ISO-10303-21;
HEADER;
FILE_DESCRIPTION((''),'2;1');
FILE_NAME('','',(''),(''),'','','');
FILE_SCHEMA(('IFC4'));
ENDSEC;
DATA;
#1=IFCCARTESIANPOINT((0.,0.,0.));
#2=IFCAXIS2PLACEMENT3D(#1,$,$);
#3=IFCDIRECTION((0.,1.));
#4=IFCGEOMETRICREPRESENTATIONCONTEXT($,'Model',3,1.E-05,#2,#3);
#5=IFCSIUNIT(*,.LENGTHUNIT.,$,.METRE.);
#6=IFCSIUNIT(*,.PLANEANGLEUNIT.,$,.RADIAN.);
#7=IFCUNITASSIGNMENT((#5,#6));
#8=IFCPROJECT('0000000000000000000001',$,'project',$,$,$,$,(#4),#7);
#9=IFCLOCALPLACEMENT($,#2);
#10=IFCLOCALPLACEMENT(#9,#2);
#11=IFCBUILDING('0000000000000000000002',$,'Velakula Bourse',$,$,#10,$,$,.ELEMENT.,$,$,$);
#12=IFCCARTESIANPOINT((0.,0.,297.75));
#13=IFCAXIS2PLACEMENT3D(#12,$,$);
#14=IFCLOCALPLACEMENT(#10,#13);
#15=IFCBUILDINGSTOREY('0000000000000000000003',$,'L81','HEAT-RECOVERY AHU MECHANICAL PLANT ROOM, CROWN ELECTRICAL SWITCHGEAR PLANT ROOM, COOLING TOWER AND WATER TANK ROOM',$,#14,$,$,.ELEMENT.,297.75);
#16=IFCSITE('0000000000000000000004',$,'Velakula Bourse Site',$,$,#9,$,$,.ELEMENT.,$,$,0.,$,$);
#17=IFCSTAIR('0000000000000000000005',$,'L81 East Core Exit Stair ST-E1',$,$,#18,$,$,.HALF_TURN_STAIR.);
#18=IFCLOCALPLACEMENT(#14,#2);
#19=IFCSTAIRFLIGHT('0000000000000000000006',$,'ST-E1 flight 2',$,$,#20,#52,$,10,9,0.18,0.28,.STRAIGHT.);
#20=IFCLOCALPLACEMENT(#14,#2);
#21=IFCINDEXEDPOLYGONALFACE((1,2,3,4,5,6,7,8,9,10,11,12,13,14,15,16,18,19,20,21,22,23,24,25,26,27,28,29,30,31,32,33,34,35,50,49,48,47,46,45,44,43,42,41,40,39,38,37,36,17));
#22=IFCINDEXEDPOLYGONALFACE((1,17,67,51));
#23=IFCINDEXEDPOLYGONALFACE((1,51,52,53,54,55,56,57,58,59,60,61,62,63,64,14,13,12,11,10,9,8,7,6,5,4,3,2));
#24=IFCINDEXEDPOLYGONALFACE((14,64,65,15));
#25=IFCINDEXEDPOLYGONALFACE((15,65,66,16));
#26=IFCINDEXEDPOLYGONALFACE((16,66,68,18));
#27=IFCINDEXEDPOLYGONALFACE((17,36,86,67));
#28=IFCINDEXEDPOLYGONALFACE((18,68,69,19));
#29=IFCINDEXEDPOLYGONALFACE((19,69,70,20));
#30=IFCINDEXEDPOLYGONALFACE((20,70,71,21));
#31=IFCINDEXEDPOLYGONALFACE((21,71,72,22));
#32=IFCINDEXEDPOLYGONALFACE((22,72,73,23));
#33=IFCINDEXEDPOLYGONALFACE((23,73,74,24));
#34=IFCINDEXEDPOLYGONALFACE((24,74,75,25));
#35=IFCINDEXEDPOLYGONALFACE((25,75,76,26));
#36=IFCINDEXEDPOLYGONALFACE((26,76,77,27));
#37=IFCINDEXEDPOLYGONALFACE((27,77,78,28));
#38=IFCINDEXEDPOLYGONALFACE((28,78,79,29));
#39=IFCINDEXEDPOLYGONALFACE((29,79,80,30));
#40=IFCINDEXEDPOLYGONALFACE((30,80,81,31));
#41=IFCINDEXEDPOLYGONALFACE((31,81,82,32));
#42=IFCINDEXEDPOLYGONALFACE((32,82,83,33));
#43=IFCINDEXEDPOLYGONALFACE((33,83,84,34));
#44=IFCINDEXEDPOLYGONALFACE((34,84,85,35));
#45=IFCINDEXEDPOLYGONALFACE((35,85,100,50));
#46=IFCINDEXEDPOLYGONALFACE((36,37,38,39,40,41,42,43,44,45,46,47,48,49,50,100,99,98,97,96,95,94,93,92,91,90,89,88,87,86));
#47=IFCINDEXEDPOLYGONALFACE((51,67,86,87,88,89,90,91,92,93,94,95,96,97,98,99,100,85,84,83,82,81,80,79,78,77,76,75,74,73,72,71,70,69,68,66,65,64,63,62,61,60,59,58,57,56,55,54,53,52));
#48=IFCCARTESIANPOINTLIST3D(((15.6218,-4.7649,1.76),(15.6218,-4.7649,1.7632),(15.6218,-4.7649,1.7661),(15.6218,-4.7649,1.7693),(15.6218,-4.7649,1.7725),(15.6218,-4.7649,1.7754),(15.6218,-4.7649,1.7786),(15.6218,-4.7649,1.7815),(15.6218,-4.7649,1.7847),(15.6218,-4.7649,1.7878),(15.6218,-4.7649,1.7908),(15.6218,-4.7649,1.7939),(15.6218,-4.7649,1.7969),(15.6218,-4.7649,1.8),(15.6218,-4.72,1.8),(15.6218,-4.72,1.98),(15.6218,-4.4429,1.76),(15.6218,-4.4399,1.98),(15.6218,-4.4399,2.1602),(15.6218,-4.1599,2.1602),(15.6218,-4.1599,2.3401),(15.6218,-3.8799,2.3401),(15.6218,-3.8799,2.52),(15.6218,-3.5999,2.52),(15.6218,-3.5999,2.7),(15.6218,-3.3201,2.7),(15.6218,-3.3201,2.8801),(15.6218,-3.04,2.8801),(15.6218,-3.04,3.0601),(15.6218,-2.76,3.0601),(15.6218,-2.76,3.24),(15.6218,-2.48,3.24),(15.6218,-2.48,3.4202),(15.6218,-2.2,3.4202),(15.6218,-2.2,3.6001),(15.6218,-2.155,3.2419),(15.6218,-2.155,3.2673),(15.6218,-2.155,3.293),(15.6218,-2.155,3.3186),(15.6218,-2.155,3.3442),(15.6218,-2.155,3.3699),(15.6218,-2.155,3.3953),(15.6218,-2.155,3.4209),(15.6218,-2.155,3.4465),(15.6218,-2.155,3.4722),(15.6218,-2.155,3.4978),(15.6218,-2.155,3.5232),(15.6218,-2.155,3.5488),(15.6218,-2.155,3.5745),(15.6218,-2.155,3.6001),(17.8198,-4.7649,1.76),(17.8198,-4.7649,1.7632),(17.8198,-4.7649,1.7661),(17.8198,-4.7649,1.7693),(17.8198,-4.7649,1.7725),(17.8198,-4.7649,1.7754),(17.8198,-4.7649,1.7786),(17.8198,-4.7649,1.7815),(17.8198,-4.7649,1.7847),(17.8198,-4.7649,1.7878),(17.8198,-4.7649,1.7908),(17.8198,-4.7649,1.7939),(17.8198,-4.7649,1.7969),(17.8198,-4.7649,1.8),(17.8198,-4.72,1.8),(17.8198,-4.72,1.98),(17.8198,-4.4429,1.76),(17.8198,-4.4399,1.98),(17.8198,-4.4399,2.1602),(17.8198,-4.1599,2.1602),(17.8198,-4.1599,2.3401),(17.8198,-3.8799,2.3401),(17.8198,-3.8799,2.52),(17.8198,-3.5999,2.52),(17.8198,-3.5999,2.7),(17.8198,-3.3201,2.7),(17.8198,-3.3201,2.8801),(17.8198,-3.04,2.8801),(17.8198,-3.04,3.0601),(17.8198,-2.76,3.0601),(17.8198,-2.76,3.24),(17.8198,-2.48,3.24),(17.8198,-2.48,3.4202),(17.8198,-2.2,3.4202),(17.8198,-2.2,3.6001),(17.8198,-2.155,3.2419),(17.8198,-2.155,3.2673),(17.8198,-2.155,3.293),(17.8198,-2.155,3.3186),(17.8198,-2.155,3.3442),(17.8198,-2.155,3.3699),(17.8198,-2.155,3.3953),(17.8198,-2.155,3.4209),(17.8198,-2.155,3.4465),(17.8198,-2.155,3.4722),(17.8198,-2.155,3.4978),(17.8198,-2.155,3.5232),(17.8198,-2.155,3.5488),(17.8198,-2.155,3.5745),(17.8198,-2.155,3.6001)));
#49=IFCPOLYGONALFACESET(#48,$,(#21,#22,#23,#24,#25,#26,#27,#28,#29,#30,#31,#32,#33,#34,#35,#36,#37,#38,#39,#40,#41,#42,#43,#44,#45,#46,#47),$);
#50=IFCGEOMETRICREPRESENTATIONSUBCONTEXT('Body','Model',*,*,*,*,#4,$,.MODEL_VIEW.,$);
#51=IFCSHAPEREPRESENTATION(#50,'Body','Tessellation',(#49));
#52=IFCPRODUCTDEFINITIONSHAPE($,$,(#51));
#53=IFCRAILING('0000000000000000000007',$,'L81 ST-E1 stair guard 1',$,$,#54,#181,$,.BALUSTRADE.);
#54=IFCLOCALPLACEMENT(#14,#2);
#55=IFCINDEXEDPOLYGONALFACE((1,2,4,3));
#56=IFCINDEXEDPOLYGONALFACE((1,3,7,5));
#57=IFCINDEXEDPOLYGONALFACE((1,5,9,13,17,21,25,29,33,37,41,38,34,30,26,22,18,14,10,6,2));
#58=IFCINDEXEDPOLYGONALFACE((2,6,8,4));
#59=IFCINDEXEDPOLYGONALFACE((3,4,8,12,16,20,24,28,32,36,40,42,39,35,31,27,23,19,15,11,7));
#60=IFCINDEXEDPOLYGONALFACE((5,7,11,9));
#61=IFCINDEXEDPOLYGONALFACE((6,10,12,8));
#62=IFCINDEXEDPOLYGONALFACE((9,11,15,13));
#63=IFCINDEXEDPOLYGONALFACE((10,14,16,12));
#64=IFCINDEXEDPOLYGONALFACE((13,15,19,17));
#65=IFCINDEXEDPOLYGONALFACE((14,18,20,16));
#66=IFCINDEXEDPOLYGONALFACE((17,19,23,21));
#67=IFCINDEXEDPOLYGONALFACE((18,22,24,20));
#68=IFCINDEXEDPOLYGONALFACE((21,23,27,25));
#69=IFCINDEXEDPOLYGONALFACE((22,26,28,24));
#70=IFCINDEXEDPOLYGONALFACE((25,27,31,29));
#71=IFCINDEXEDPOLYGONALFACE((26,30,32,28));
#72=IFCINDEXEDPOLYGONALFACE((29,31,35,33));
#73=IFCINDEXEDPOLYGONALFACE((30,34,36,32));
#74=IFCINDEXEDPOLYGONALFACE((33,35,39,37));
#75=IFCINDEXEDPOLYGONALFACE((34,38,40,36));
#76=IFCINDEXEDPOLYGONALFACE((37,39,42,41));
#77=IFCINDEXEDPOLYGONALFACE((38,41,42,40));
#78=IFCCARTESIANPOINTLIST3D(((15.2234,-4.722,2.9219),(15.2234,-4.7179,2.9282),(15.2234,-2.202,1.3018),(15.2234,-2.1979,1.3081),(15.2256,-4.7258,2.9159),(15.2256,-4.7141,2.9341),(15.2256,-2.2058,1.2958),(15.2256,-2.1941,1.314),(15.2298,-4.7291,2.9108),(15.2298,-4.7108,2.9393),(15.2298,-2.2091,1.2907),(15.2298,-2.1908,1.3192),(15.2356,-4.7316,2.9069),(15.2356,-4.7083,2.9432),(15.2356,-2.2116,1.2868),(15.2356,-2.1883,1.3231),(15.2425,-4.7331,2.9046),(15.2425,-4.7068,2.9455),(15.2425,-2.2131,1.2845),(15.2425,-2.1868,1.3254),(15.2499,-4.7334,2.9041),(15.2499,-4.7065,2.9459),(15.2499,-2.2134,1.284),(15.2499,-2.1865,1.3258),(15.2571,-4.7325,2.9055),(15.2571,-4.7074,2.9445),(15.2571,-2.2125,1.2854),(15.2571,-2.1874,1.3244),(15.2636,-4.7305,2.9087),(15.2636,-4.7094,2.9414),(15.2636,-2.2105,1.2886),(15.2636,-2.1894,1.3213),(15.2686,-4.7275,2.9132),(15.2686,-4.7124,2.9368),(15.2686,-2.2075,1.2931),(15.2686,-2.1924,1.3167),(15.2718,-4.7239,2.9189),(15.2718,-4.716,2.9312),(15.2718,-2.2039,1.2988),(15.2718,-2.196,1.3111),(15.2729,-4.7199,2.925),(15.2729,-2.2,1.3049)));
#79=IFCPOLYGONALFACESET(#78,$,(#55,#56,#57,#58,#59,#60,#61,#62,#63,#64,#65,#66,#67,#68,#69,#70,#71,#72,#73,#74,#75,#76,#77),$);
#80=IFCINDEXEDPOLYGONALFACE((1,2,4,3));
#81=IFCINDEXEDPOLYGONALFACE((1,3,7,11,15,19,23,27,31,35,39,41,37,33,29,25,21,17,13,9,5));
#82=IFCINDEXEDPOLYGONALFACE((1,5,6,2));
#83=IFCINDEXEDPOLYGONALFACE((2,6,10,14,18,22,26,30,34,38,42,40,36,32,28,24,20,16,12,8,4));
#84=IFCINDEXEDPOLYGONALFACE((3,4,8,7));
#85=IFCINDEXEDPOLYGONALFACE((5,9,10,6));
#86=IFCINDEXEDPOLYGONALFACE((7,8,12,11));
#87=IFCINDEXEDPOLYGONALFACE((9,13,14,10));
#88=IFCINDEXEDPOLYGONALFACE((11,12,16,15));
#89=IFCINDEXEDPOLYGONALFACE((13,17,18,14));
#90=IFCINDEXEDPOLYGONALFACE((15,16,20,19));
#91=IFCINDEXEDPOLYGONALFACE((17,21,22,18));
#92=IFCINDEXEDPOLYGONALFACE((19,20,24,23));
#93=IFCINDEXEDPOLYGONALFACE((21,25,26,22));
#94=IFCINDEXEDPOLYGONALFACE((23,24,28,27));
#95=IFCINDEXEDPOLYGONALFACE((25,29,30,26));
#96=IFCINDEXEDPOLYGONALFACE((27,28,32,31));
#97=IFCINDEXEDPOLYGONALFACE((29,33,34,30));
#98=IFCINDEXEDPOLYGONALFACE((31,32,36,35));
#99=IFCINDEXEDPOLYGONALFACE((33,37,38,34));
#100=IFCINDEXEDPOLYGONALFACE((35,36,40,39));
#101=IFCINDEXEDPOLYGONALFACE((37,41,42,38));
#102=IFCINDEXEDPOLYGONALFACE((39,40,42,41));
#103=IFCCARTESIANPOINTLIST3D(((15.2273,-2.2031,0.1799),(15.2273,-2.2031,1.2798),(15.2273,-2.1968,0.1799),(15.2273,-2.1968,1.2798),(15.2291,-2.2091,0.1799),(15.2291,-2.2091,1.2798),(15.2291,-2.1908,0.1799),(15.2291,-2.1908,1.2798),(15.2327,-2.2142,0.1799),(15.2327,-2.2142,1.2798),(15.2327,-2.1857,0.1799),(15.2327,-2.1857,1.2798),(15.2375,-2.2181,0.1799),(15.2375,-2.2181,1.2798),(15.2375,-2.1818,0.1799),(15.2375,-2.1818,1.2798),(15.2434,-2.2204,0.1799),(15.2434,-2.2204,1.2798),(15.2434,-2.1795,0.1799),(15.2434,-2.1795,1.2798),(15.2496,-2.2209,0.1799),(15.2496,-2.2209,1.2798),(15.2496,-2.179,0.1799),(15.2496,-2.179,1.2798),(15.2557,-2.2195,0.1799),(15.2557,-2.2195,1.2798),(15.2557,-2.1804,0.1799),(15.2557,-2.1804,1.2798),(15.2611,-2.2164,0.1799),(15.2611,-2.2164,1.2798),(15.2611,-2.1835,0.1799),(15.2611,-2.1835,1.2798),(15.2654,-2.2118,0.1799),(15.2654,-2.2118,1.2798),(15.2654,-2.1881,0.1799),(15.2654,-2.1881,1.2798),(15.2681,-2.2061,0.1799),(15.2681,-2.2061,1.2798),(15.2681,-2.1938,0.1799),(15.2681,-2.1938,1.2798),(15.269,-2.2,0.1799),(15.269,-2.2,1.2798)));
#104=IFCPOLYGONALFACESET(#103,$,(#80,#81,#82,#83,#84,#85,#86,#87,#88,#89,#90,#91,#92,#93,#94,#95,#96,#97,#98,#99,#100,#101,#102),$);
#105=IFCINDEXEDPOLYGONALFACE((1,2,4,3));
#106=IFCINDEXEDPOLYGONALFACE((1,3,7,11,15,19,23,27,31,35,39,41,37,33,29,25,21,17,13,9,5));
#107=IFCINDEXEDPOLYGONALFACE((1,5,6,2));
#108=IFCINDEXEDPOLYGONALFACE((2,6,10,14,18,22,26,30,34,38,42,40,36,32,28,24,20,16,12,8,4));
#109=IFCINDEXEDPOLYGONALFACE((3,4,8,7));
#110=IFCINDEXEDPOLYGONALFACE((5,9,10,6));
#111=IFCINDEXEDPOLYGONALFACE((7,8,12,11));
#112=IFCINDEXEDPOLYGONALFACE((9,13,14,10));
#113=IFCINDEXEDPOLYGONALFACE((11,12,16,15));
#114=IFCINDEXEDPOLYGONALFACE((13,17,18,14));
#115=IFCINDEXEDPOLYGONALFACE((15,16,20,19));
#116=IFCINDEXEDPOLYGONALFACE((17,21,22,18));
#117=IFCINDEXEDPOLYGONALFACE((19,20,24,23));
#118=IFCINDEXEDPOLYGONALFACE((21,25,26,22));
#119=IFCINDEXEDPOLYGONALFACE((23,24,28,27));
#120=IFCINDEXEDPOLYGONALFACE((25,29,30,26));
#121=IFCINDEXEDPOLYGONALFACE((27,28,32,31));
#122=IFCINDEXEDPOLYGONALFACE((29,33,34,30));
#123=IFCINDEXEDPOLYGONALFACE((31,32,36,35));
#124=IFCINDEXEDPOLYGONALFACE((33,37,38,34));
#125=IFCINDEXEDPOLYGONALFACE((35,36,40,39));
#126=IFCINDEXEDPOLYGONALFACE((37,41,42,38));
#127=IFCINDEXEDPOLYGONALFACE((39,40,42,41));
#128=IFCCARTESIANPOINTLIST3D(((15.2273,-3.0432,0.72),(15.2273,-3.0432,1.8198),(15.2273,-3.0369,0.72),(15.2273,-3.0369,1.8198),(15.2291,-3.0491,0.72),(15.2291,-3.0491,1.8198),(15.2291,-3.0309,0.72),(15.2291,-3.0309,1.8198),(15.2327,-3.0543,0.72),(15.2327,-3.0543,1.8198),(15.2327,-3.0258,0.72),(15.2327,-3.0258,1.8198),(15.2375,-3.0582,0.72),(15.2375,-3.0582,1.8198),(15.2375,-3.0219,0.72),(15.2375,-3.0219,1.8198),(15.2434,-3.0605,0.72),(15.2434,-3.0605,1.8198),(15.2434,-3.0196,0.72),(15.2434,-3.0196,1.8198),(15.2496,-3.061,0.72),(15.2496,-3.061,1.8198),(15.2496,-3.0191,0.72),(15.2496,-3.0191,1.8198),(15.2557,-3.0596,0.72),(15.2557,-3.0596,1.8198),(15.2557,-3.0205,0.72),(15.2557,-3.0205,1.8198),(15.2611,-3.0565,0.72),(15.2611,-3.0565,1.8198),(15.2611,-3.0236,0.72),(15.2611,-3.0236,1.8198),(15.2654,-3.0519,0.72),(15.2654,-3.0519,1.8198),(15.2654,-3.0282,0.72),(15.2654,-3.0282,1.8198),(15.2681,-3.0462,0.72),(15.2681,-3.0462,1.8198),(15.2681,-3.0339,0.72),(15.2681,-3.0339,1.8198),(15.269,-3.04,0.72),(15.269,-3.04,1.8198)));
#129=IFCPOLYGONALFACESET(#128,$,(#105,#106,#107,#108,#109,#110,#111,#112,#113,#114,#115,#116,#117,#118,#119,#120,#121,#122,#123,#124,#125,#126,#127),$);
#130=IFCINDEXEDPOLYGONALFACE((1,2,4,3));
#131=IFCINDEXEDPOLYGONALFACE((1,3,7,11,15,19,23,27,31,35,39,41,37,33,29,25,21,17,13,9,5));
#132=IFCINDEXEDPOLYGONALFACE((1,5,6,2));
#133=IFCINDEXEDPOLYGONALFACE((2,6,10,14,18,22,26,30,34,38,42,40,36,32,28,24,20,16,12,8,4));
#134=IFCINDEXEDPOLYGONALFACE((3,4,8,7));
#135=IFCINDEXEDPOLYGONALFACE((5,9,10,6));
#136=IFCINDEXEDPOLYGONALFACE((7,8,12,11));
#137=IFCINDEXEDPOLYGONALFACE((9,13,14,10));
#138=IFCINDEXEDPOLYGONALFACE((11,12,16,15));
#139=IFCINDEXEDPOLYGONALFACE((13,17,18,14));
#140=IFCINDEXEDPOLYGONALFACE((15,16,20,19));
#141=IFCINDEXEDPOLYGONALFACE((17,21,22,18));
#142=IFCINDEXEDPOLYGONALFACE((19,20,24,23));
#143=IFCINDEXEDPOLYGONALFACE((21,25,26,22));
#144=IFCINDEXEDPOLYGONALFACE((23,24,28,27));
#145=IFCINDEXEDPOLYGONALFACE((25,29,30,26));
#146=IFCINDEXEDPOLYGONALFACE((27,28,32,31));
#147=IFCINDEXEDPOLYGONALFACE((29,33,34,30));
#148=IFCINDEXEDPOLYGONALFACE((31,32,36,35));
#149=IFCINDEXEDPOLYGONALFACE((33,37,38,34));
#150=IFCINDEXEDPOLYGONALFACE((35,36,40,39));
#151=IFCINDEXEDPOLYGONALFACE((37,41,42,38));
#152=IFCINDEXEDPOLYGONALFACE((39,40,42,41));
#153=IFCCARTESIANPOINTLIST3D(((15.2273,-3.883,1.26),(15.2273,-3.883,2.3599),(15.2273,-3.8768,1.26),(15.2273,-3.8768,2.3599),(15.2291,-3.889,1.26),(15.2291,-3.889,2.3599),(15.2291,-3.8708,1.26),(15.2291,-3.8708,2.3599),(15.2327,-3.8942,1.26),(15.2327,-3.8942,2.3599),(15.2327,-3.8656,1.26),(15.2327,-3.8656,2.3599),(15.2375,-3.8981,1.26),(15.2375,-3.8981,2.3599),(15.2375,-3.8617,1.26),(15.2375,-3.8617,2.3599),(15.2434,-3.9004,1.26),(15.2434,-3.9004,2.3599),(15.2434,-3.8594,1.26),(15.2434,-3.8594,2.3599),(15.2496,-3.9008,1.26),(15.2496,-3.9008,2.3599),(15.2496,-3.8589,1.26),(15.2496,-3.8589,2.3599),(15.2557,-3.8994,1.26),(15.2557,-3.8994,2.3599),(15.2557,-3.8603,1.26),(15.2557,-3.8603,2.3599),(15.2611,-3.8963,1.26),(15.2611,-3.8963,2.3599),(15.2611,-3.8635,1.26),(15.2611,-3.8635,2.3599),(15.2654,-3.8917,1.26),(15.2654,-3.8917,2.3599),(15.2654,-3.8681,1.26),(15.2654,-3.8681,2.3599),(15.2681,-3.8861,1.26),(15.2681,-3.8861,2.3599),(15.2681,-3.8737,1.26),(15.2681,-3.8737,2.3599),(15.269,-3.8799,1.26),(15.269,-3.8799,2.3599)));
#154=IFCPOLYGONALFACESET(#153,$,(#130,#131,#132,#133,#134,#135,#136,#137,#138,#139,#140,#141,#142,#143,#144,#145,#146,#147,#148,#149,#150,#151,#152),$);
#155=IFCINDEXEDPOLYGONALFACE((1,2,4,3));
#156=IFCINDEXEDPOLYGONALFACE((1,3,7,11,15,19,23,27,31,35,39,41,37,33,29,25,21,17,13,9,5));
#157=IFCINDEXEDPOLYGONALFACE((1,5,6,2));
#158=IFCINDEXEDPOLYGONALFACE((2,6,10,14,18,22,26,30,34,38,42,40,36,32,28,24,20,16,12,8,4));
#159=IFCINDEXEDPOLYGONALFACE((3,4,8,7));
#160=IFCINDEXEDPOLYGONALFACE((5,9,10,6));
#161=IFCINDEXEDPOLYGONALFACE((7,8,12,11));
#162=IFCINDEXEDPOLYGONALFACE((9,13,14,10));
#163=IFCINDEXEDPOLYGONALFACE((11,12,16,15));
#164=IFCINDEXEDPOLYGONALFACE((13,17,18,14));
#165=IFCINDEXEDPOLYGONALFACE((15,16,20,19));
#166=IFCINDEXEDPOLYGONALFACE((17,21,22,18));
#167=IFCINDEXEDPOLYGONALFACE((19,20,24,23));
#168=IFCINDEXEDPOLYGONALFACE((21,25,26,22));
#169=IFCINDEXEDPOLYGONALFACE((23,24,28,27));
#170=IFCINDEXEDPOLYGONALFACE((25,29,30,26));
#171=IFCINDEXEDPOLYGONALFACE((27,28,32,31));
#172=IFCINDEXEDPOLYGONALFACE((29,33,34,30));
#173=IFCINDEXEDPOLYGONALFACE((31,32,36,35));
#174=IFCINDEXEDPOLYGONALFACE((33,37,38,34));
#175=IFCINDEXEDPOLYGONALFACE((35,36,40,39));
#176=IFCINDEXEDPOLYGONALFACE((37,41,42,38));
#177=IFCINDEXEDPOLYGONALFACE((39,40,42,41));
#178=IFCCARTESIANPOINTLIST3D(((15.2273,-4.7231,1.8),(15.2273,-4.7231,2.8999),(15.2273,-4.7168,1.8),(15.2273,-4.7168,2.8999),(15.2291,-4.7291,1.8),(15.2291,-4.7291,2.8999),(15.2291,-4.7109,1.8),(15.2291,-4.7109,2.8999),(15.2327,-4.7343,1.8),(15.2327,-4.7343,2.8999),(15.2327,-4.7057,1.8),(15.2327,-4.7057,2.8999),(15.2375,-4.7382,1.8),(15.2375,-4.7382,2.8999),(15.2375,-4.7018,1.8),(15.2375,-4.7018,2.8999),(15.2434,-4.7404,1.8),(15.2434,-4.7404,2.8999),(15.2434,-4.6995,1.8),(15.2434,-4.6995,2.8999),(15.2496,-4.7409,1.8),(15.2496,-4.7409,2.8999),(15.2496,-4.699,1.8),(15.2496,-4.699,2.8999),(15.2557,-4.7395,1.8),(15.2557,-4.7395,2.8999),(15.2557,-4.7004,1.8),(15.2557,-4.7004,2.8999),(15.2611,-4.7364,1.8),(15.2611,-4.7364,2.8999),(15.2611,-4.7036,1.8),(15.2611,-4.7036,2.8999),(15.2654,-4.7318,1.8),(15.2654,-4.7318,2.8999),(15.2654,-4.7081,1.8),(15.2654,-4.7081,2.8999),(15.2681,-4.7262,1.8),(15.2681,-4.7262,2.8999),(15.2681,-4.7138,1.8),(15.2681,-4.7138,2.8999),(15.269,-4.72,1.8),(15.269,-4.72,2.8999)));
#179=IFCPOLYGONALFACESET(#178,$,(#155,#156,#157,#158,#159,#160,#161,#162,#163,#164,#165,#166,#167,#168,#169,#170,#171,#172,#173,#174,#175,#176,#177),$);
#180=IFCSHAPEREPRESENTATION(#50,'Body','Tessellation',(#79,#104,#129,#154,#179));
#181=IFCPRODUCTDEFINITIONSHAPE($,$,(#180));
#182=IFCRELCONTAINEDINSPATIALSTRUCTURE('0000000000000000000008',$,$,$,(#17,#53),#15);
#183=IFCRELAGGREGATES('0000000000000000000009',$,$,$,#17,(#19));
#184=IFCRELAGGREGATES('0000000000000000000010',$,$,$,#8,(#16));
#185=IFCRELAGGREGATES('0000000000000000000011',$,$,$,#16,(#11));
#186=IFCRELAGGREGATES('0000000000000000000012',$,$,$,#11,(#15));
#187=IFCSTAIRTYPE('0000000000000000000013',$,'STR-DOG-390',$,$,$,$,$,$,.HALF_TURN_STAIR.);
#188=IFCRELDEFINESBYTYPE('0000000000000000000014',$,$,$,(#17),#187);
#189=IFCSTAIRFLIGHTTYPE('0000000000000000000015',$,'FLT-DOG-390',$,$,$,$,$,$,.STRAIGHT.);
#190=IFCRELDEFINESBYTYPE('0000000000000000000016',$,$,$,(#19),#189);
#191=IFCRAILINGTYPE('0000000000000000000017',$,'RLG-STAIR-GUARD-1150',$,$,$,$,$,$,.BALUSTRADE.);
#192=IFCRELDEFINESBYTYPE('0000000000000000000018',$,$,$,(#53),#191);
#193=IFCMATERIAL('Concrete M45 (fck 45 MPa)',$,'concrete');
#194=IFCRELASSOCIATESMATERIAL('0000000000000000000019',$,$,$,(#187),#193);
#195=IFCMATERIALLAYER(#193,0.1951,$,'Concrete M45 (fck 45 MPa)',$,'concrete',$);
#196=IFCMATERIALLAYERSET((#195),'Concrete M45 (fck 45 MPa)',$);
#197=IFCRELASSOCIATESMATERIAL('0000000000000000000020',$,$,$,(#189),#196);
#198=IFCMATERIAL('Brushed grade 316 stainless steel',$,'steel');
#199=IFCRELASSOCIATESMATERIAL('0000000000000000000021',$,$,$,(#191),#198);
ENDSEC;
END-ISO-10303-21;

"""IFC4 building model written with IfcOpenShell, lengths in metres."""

from ifc_helpers import new_model, si_unit, direction, frame, origin, origin_2d, place, context, subcontext, project, spatial, polyline, circle, outline, extrude, material, layer, layer_set, type_object, element, aggregate, save


model = new_model("IFC4")

# Units and contexts
model_context = context("Model", 3, precision=1e-05, world=origin(), true_north=direction((0.0, 1.0)))
body_context = subcontext(model_context, "Body", "Model", "MODEL_VIEW")
ifc_project = project(units=[si_unit("LENGTHUNIT", "METRE"), si_unit("PLANEANGLEUNIT", "RADIAN")], contexts=[model_context])

# Site, building, storey
site_placement = place(None, origin())
site = spatial("IfcSite", under=ifc_project, at=site_placement, Name="Velakula Bourse Site", CompositionType="ELEMENT", RefElevation=0.0)
building_placement = place(site_placement, origin())
building = spatial("IfcBuilding", under=site, at=building_placement, Name="Velakula Bourse", CompositionType="ELEMENT")
storey_placement = place(building_placement, frame((0.0, 0.0, 297.75)))
storey = spatial("IfcBuildingStorey", under=building, at=storey_placement, Name="L81", Description="HEAT-RECOVERY AHU MECHANICAL PLANT ROOM, CROWN ELECTRICAL SWITCHGEAR PLANT ROOM, COOLING TOWER AND WATER TANK ROOM", CompositionType="ELEMENT", Elevation=297.75)

# Shared definitions
ifc_material_1 = material(Name="Brushed grade 316 stainless steel", Category="steel")

# Stair, stair flight
ifc_material_2 = material(Name="Concrete M45 (fck 45 MPa)", Category="concrete")
stair_type = type_object("IfcStairType", Name="STR-DOG-390", PredefinedType="HALF_TURN_STAIR", material=ifc_material_2)
stair_placement = place(storey_placement, origin())
stair = element("IfcStair", 1, at=stair_placement, inside=storey, type_object=stair_type, Name="L81 East Core Exit Stair ST-E1", PredefinedType="HALF_TURN_STAIR")
ifc_layer_1 = layer(ifc_material_2, 0.1951, Name="Concrete M45 (fck 45 MPa)", Category="concrete")
ifc_layer_set_1 = layer_set([ifc_layer_1], Name="Concrete M45 (fck 45 MPa)")
stair_flight_type = type_object("IfcStairFlightType", Name="FLT-DOG-390", PredefinedType="STRAIGHT", material=ifc_layer_set_1)
stair_flight_1_placement = place(storey_placement, frame((16.7209, -4.72, 1.8), z_axis=(0.0, 0.0, 1.0), x_axis=(0.0, 1.0, 0.0)))
stair_flight_1 = element("IfcStairFlight", 2, at=stair_flight_1_placement, type_object=stair_flight_type, Name="ST-E1 flight 2", NumberOfRisers=10, NumberOfTreads=9, PredefinedType="STRAIGHT", RiserHeight=0.18, TreadLength=0.28, context=body_context, shape_type="SweptSolid", body=[
    extrude(outline(polyline([(-0.0449, -0.04), (-0.0449, -0.0369), (-0.0449, -0.0339), (-0.0449, -0.0308), (-0.0449, -0.0276), (-0.0449, -0.0247), (-0.0449, -0.0215), (-0.0449, -0.0186), (-0.0449, -0.0154), (-0.0449, -0.0122), (-0.0449, -0.0093), (-0.0449, -0.0061), (-0.0449, -0.0032), (-0.0449, 0.0), (0.0, 0.0), (0.0, 0.1799), (0.28, 0.1799), (0.28, 0.3601), (0.5601, 0.3601), (0.5601, 0.54), (0.8401, 0.54), (0.8401, 0.72), (1.1201, 0.72), (1.1201, 0.8999), (1.3999, 0.8999), (1.3999, 1.0801), (1.6799, 1.0801), (1.6799, 1.26), (1.96, 1.26), (1.96, 1.4399), (2.24, 1.4399), (2.24, 1.6201), (2.52, 1.6201), (2.52, 1.8), (2.5649, 1.8), (2.5649, 1.7744), (2.5649, 1.7488), (2.5649, 1.7231), (2.5649, 1.6978), (2.5649, 1.6721), (2.5649, 1.6465), (2.5649, 1.6208), (2.5649, 1.5952), (2.5649, 1.5698), (2.5649, 1.5442), (2.5649, 1.5186), (2.5649, 1.4929), (2.5649, 1.4673), (2.5649, 1.4419), (0.2771, -0.04), (-0.0449, -0.04)])), frame((0.0, 1.0991, 0.0), z_axis=(0.0, -1.0, 0.0), x_axis=(1.0, 0.0, 0.0)), (0.0, 0.0, 1.0), 2.198),
])
aggregate(stair, [stair_flight_1])

# Railing
railing_type_1 = type_object("IfcRailingType", Name="RLG-STAIR-GUARD-1150", PredefinedType="BALUSTRADE", material=ifc_material_1)
railing_1_placement = place(storey_placement, frame((15.248, -2.2, 0.1799)))
element("IfcRailing", 3, at=railing_1_placement, inside=storey, type_object=railing_type_1, Name="L81 ST-E1 stair guard 1", PredefinedType="BALUSTRADE", context=body_context, shape_type="SweptSolid", body=[
    extrude(circle(Radius=0.0249, at=origin_2d()), frame((0.0, 0.0, 1.125), z_axis=(0.0, -0.841163, 0.540782), x_axis=(1.0, 0.0, 0.0)), (0.0, 0.0, 1.0), 2.9958),
    extrude(circle(Radius=0.021, at=origin_2d()), origin(), (0.0, 0.0, 1.0), 1.0999),
    extrude(circle(Radius=0.021, at=origin_2d()), frame((0.0, -0.8401, 0.54)), (0.0, 0.0, 1.0), 1.0999),
    extrude(circle(Radius=0.021, at=origin_2d()), frame((0.0, -1.6799, 1.0801)), (0.0, 0.0, 1.0), 1.0999),
    extrude(circle(Radius=0.021, at=origin_2d()), frame((0.0, -2.52, 1.6201)), (0.0, 0.0, 1.0), 1.0999),
])

save(model, "model.ifc")
